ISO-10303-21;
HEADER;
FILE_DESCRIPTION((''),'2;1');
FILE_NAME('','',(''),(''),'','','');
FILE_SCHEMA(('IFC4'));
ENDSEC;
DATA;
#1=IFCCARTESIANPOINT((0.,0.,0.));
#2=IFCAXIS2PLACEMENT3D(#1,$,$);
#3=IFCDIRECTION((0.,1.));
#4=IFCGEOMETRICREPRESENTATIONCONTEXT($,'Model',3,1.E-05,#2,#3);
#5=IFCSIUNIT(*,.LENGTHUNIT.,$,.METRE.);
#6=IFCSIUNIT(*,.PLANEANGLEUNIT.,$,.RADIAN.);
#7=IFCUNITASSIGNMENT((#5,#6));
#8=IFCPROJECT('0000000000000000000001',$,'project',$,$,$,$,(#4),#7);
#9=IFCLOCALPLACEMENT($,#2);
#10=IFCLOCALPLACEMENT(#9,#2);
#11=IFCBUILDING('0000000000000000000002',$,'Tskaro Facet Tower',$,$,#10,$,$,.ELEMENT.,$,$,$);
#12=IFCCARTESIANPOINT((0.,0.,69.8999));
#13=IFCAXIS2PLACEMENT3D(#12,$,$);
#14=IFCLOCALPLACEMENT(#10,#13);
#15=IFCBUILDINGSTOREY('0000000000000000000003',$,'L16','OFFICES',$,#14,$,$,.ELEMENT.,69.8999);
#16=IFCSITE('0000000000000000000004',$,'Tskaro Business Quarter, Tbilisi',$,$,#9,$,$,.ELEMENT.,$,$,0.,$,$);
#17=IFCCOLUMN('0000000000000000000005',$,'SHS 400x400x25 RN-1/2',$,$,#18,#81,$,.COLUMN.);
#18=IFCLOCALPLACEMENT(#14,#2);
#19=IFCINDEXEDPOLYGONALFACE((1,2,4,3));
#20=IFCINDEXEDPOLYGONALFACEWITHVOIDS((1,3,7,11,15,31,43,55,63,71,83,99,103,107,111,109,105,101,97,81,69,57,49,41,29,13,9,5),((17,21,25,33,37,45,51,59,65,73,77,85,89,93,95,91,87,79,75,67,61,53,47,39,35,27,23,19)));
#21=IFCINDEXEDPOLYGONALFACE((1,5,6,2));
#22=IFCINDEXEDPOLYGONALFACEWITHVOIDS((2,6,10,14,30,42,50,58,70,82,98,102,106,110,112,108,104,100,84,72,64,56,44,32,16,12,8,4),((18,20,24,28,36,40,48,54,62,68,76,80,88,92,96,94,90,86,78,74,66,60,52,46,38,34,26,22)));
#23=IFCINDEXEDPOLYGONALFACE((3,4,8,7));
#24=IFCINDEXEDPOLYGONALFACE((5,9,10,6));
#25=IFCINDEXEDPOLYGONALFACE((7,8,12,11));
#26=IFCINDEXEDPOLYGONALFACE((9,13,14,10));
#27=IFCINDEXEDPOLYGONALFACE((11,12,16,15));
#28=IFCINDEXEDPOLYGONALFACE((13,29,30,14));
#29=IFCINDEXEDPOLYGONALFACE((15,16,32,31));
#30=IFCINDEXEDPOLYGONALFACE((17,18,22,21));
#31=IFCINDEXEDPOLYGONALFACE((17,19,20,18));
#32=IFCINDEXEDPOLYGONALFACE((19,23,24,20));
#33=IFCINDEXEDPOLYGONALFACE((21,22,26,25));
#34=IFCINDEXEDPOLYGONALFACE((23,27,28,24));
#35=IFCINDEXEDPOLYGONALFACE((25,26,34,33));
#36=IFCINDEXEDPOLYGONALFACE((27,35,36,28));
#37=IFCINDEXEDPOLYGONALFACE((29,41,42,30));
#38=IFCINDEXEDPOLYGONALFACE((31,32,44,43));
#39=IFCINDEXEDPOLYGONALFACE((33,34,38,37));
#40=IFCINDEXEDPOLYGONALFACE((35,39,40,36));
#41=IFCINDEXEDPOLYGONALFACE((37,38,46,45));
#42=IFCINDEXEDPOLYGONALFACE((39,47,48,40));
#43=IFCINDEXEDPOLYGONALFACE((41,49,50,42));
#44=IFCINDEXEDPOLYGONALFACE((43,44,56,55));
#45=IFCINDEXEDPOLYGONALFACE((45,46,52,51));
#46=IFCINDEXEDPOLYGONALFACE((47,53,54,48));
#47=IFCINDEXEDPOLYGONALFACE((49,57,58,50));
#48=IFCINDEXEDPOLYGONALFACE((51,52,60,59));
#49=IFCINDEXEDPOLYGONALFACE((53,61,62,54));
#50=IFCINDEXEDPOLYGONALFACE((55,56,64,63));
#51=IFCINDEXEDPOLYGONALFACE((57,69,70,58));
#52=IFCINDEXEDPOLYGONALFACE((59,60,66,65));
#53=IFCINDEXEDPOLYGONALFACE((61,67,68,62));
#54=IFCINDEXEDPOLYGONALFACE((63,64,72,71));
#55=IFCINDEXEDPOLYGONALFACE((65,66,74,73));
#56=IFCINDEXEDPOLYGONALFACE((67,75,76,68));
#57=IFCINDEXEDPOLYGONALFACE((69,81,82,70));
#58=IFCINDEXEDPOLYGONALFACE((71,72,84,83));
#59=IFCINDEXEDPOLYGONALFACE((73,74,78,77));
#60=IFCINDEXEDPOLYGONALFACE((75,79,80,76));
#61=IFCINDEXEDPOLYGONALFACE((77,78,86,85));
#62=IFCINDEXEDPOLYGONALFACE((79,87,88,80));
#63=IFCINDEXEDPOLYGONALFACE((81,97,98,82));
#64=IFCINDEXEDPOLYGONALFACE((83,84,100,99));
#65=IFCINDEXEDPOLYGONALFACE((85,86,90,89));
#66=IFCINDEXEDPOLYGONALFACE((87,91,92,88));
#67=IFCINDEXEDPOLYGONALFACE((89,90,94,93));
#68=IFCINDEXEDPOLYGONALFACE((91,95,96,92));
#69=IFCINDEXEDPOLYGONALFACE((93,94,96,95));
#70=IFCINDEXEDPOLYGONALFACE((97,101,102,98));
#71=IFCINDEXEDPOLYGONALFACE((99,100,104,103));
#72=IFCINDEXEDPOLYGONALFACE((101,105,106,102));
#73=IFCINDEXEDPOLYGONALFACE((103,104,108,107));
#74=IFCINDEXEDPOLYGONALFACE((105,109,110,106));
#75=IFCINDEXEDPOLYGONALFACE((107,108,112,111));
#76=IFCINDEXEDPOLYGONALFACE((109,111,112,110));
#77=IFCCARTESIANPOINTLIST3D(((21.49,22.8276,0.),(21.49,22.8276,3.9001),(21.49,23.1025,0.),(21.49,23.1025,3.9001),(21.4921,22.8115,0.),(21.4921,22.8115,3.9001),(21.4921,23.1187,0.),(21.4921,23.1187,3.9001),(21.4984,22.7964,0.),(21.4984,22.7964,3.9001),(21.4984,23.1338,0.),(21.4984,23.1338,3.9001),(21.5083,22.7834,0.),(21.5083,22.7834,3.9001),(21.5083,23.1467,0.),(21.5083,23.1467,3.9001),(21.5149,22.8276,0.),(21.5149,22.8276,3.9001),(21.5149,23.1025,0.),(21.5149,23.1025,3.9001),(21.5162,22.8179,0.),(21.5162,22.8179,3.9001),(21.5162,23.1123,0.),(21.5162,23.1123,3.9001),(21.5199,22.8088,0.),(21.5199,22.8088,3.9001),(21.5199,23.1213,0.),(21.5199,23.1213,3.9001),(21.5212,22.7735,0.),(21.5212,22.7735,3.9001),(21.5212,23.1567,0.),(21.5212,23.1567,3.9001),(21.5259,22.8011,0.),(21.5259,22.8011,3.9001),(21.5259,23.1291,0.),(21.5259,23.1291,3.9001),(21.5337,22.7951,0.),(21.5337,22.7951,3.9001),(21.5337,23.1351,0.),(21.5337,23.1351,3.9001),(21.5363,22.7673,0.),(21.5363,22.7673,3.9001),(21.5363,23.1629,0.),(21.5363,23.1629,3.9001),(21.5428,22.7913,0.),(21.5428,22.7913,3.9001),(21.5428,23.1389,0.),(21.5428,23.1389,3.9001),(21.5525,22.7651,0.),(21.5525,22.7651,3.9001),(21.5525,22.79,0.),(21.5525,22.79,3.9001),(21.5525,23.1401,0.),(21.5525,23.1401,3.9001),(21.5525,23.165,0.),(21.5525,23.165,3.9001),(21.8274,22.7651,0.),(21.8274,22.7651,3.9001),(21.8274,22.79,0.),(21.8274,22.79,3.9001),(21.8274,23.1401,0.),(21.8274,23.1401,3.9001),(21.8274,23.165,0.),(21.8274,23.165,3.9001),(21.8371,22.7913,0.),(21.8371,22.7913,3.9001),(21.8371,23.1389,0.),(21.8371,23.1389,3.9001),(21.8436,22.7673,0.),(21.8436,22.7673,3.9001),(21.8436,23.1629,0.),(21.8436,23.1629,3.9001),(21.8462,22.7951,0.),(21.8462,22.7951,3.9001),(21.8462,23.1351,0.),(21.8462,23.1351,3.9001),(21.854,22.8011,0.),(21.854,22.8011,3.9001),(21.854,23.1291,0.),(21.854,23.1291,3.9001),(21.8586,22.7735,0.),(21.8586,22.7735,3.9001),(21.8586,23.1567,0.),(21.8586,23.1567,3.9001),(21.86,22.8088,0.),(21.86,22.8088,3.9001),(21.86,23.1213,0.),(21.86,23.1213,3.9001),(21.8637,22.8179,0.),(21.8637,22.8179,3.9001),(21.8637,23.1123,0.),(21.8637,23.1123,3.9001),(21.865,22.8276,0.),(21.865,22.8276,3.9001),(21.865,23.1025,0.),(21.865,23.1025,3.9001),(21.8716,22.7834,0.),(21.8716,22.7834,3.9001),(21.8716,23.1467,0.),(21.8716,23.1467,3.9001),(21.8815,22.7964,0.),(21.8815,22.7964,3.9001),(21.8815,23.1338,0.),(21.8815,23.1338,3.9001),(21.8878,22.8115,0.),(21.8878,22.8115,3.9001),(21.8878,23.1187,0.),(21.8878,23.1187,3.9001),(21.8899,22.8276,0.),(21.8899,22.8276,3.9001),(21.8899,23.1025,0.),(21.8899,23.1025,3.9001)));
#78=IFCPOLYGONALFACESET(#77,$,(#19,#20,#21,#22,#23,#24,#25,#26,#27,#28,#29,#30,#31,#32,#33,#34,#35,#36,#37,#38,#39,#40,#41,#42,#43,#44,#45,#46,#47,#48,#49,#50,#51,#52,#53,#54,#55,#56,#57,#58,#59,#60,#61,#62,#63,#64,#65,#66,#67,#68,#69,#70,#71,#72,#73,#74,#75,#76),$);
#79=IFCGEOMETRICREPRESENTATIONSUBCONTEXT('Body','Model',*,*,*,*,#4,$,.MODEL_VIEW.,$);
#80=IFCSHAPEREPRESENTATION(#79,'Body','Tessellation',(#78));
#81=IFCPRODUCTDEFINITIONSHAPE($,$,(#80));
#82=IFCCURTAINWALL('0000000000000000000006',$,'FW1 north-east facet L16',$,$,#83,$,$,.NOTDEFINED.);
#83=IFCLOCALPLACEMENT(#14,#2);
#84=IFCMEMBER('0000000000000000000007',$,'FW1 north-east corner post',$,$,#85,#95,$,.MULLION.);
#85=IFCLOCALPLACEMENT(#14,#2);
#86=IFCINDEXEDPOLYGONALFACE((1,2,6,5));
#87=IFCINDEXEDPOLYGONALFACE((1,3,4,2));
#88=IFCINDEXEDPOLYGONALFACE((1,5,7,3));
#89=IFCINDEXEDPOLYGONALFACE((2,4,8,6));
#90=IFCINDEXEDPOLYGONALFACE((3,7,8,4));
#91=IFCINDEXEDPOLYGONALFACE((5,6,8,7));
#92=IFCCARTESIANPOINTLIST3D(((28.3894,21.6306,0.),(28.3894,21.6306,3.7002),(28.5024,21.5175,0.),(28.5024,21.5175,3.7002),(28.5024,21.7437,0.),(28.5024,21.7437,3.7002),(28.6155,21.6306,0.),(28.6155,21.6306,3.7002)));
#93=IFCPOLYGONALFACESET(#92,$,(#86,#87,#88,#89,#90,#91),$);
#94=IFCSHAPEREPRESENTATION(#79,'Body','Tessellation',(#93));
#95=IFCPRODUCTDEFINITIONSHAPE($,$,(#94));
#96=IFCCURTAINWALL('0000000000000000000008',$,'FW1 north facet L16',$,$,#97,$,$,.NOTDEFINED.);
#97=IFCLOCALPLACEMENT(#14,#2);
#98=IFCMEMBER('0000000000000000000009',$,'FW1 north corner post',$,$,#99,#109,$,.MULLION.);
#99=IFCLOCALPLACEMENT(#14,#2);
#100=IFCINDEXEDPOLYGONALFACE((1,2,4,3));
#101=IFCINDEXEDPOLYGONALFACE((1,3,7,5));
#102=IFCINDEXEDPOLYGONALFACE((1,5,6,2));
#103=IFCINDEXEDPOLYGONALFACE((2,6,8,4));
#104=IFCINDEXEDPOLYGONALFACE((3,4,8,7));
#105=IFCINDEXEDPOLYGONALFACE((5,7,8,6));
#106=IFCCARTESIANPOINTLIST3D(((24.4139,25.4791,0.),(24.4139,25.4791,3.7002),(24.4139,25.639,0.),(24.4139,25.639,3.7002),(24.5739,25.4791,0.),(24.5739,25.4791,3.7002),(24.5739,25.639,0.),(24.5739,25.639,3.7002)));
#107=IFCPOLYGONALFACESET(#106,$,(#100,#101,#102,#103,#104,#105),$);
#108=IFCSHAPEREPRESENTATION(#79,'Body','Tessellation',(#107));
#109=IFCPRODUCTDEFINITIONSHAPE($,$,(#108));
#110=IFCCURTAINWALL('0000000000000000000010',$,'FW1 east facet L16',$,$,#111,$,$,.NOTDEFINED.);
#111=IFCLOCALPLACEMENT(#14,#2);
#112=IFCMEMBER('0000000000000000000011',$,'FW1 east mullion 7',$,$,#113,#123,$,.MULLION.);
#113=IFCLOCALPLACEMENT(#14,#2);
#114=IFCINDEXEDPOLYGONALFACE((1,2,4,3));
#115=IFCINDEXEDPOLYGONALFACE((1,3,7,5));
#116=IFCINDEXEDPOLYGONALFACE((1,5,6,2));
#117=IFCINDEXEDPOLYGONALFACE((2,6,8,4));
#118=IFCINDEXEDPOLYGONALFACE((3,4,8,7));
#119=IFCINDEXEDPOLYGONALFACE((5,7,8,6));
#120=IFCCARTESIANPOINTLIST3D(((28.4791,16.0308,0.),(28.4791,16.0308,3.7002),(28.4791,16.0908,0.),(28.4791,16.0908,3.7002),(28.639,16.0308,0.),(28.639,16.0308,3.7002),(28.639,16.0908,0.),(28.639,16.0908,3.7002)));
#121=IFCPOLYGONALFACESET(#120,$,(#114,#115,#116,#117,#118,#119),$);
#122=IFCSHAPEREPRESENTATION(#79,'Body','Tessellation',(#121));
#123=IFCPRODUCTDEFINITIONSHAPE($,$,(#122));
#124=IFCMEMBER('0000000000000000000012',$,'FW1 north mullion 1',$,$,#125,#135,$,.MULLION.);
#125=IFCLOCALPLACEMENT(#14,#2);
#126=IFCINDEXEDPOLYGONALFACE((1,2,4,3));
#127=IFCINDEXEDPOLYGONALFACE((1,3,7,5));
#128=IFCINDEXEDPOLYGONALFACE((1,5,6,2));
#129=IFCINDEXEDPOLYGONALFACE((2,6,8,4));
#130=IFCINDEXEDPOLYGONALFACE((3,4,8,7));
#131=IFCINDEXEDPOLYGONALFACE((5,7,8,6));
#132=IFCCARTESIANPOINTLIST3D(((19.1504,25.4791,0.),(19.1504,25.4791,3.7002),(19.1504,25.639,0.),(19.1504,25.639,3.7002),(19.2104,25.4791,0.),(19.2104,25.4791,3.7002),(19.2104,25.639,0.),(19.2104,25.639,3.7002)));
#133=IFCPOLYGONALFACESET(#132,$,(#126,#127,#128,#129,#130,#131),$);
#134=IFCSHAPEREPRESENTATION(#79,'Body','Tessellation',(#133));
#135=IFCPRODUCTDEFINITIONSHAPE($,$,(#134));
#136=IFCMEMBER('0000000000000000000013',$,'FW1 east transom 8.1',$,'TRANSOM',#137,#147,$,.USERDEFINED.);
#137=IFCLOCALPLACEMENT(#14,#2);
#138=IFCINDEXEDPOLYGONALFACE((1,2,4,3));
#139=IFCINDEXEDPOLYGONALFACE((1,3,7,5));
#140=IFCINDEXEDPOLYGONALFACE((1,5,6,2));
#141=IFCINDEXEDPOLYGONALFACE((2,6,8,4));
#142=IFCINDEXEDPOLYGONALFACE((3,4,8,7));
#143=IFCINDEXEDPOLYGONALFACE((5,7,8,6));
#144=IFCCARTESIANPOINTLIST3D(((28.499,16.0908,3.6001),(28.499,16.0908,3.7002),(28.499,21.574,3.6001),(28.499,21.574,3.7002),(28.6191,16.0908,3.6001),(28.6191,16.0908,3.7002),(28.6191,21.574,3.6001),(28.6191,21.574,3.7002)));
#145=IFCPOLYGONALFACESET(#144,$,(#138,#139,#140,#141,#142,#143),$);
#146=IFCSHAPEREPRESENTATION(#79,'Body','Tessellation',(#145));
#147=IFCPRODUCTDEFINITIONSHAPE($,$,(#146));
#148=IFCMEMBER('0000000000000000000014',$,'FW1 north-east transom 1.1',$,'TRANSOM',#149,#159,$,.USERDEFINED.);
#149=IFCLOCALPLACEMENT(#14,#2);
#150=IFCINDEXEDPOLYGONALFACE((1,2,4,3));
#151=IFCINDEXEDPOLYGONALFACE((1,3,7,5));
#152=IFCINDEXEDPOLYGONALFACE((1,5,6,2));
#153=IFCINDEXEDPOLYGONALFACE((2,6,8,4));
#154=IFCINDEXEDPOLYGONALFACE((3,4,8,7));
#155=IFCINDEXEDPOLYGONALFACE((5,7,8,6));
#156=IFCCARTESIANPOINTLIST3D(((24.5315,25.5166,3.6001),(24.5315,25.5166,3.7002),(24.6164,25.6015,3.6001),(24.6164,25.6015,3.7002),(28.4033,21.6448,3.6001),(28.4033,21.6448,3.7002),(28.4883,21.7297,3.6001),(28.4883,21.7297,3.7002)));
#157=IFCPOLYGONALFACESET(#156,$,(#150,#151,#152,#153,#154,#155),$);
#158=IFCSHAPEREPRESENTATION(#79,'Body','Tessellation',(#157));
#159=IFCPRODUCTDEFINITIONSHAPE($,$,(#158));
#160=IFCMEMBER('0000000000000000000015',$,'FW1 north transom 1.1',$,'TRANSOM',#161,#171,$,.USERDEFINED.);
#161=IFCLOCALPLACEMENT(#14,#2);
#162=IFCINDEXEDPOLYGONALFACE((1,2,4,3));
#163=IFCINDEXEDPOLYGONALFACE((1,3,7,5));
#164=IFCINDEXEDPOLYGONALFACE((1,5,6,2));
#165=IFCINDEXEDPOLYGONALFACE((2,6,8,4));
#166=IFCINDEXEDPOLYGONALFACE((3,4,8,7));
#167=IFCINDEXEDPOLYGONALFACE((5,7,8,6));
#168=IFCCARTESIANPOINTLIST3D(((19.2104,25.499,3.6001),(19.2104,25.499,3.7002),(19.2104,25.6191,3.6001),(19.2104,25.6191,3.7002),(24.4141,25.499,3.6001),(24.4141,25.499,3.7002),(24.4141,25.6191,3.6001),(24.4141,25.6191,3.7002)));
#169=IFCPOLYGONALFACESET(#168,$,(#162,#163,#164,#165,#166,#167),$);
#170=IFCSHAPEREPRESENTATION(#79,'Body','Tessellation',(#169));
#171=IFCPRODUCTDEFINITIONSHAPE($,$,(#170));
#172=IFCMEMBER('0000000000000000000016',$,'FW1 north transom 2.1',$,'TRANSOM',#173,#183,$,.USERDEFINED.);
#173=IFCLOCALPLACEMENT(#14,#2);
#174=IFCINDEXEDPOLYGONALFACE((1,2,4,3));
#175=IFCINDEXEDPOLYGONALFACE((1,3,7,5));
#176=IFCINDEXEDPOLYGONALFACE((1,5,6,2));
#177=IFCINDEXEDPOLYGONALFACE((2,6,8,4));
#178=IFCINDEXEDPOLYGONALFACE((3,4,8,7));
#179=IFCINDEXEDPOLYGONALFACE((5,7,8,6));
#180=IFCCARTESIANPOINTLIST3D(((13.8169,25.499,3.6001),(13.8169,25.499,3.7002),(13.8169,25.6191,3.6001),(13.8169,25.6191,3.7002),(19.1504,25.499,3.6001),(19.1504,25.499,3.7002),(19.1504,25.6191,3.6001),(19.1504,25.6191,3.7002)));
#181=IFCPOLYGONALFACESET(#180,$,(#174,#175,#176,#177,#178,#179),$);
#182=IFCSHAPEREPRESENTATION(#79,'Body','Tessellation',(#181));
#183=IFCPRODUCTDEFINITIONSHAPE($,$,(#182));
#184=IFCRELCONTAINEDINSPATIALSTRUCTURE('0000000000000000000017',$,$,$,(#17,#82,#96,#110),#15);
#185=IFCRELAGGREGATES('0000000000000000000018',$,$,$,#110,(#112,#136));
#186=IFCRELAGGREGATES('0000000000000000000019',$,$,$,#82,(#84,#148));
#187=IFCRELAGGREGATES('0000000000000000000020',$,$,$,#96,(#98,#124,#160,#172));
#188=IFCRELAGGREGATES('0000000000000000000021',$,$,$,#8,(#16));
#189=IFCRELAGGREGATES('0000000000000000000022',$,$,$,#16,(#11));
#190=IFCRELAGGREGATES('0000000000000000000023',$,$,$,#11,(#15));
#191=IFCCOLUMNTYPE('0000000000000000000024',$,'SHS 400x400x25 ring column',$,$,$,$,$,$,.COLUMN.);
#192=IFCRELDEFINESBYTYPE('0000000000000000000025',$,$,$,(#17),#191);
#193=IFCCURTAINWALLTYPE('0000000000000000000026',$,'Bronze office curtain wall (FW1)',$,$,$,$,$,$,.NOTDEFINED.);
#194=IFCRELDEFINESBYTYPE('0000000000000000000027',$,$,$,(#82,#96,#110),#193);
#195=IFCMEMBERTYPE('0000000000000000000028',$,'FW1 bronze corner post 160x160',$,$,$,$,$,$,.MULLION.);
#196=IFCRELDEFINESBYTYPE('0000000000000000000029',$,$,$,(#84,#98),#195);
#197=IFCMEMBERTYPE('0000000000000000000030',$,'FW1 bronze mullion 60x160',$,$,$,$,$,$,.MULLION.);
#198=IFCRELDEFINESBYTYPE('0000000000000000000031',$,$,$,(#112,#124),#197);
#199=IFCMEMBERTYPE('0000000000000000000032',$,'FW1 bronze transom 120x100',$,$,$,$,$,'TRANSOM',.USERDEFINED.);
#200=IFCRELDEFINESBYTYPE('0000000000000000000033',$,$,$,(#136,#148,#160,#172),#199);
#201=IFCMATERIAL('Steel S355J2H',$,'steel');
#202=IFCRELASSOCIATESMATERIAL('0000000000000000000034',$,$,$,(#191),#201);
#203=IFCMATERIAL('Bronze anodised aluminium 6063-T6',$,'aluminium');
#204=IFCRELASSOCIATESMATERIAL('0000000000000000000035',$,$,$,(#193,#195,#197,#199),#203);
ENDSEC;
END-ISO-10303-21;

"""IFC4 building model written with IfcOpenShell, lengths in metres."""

from ifc_helpers import new_model, si_unit, direction, frame, origin, origin_2d, place, context, subcontext, project, spatial, rectangle, hollow_rectangle, extrude, material, material_profile, profile_set, type_object, element, aggregate, save


model = new_model("IFC4")

# Units and contexts
model_context = context("Model", 3, precision=1e-05, world=origin(), true_north=direction((0.0, 1.0)))
body_context = subcontext(model_context, "Body", "Model", "MODEL_VIEW")
ifc_project = project(units=[si_unit("LENGTHUNIT", "METRE"), si_unit("PLANEANGLEUNIT", "RADIAN")], contexts=[model_context])

# Site, building, storey
site_placement = place(None, origin())
site = spatial("IfcSite", under=ifc_project, at=site_placement, Name="Tskaro Business Quarter, Tbilisi", CompositionType="ELEMENT", RefElevation=0.0)
building_placement = place(site_placement, origin())
building = spatial("IfcBuilding", under=site, at=building_placement, Name="Tskaro Facet Tower", CompositionType="ELEMENT")
storey_placement = place(building_placement, frame((0.0, 0.0, 69.8999)))
storey = spatial("IfcBuildingStorey", under=building, at=storey_placement, Name="L16", Description="OFFICES", CompositionType="ELEMENT", Elevation=69.8999)

# Column
ifc_material_1 = material(Name="Steel S355J2H", Category="steel")
ifc_material_profile_1 = material_profile(ifc_material_1, hollow_rectangle(XDim=0.3999, YDim=0.3999, WallThickness=0.0249, InnerFilletRadius=0.0376, OuterFilletRadius=0.0625, at=origin_2d()), Name="SHS 400x400x25")
ifc_profile_set_1 = profile_set([ifc_material_profile_1], Name="Steel S355J2H")
column_type_1 = type_object("IfcColumnType", Name="SHS 400x400x25 ring column", PredefinedType="COLUMN", material=ifc_profile_set_1)
for number, where, z_axis, x_axis, name in (
    (1, (21.6899, 22.9651, 0.0), (0.0, 0.0, 1.0), (1.0, 0.0, 0.0), "SHS 400x400x25 RN-1/2"),
):
    element("IfcColumn", number, at=place(storey_placement, frame(where, z_axis=z_axis, x_axis=x_axis)), inside=storey, type_object=column_type_1, Name=name, PredefinedType="COLUMN", context=body_context, shape_type="SweptSolid", body=[
        extrude(hollow_rectangle(XDim=0.3999, YDim=0.3999, WallThickness=0.0249, InnerFilletRadius=0.0376, OuterFilletRadius=0.0625, at=origin_2d()), origin(), (0.0, 0.0, 1.0), 3.9001),
    ])

# Curtain walls, members
ifc_material_2 = material(Name="Bronze anodised aluminium 6063-T6", Category="aluminium")
curtain_wall_type = type_object("IfcCurtainWallType", Name="Bronze office curtain wall (FW1)", PredefinedType="NOTDEFINED", material=ifc_material_2)
curtain_wall_1_placement = place(storey_placement, origin())
curtain_wall_1 = element("IfcCurtainWall", 2, at=curtain_wall_1_placement, inside=storey, type_object=curtain_wall_type, Name="FW1 north-east facet L16", PredefinedType="NOTDEFINED")
ifc_material_profile_2 = material_profile(ifc_material_2, rectangle(XDim=0.1599, YDim=0.1599, at=origin_2d()), Name="Corner post 160x160")
ifc_profile_set_2 = profile_set([ifc_material_profile_2], Name="Bronze anodised aluminium 6063-T6")
member_type_1 = type_object("IfcMemberType", Name="FW1 bronze corner post 160x160", PredefinedType="MULLION", material=ifc_profile_set_2)
member_1_placement = place(storey_placement, frame((28.5024, 21.6306, 0.0), z_axis=(0.0, 0.0, 1.0), x_axis=(-0.707107, 0.707107, 0.0)))
member_1 = element("IfcMember", 3, at=member_1_placement, type_object=member_type_1, Name="FW1 north-east corner post", PredefinedType="MULLION", context=body_context, shape_type="SweptSolid", body=[
    extrude(rectangle(XDim=0.1599, YDim=0.1599, at=origin_2d()), origin(), (0.0, 0.0, 1.0), 3.7002),
])
curtain_wall_2_placement = place(storey_placement, origin())
curtain_wall_2 = element("IfcCurtainWall", 4, at=curtain_wall_2_placement, inside=storey, type_object=curtain_wall_type, Name="FW1 north facet L16", PredefinedType="NOTDEFINED")
member_2_placement = place(storey_placement, frame((24.4939, 25.5591, 0.0), z_axis=(0.0, 0.0, 1.0), x_axis=(-1.0, 0.0, 0.0)))
member_2 = element("IfcMember", 5, at=member_2_placement, type_object=member_type_1, Name="FW1 north corner post", PredefinedType="MULLION", context=body_context, shape_type="SweptSolid", body=[
    extrude(rectangle(XDim=0.1599, YDim=0.1599, at=origin_2d()), origin(), (0.0, 0.0, 1.0), 3.7002),
])
curtain_wall_3_placement = place(storey_placement, origin())
curtain_wall_3 = element("IfcCurtainWall", 6, at=curtain_wall_3_placement, inside=storey, type_object=curtain_wall_type, Name="FW1 east facet L16", PredefinedType="NOTDEFINED")
ifc_material_profile_3 = material_profile(ifc_material_2, rectangle(XDim=0.0601, YDim=0.1599, at=origin_2d()), Name="Mullion 60x160")
ifc_profile_set_3 = profile_set([ifc_material_profile_3], Name="Bronze anodised aluminium 6063-T6")
member_type_2 = type_object("IfcMemberType", Name="FW1 bronze mullion 60x160", PredefinedType="MULLION", material=ifc_profile_set_3)
member_3_placement = place(storey_placement, frame((28.5591, 16.0608, 0.0), z_axis=(0.0, 0.0, 1.0), x_axis=(0.0, 1.0, 0.0)))
member_3 = element("IfcMember", 7, at=member_3_placement, type_object=member_type_2, Name="FW1 east mullion 7", PredefinedType="MULLION", context=body_context, shape_type="SweptSolid", body=[
    extrude(rectangle(XDim=0.0601, YDim=0.1599, at=origin_2d()), origin(), (0.0, 0.0, 1.0), 3.7002),
])

# Members
member_4_placement = place(storey_placement, frame((19.1804, 25.5591, 0.0), z_axis=(0.0, 0.0, 1.0), x_axis=(-1.0, 0.0, 0.0)))
member_4 = element("IfcMember", 8, at=member_4_placement, type_object=member_type_2, Name="FW1 north mullion 1", PredefinedType="MULLION", context=body_context, shape_type="SweptSolid", body=[
    extrude(rectangle(XDim=0.0601, YDim=0.1599, at=origin_2d()), origin(), (0.0, 0.0, 1.0), 3.7002),
])
ifc_material_profile_4 = material_profile(ifc_material_2, rectangle(XDim=0.1201, YDim=0.1001, at=origin_2d()), Name="Transom 120x100")
ifc_profile_set_4 = profile_set([ifc_material_profile_4], Name="Bronze anodised aluminium 6063-T6")
member_type_3 = type_object("IfcMemberType", Name="FW1 bronze transom 120x100", ElementType="TRANSOM", PredefinedType="USERDEFINED", material=ifc_profile_set_4)
member_5_placement = place(storey_placement, frame((28.5591, 16.0908, 3.6501), z_axis=(0.0, 1.0, 0.0), x_axis=(-1.0, 0.0, 0.0)))
member_5 = element("IfcMember", 9, at=member_5_placement, type_object=member_type_3, Name="FW1 east transom 8.1", ObjectType="TRANSOM", PredefinedType="USERDEFINED", context=body_context, shape_type="SweptSolid", body=[
    extrude(rectangle(XDim=0.1201, YDim=0.1001, at=origin_2d()), origin(), (0.0, 0.0, 1.0), 5.4832),
])
member_6_placement = place(storey_placement, frame((28.4458, 21.6873, 3.6501), z_axis=(-0.707107, 0.707107, 0.0), x_axis=(-0.707107, -0.707107, 0.0)))
member_6 = element("IfcMember", 10, at=member_6_placement, type_object=member_type_3, Name="FW1 north-east transom 1.1", ObjectType="TRANSOM", PredefinedType="USERDEFINED", context=body_context, shape_type="SweptSolid", body=[
    extrude(rectangle(XDim=0.1201, YDim=0.1001, at=origin_2d()), origin(), (0.0, 0.0, 1.0), 5.4756),
])
member_7_placement = place(storey_placement, frame((24.4141, 25.5591, 3.6501), z_axis=(-1.0, 0.0, 0.0), x_axis=(0.0, -1.0, 0.0)))
member_7 = element("IfcMember", 11, at=member_7_placement, type_object=member_type_3, Name="FW1 north transom 1.1", ObjectType="TRANSOM", PredefinedType="USERDEFINED", context=body_context, shape_type="SweptSolid", body=[
    extrude(rectangle(XDim=0.1201, YDim=0.1001, at=origin_2d()), origin(), (0.0, 0.0, 1.0), 5.2036),
])
member_8_placement = place(storey_placement, frame((19.1504, 25.5591, 3.6501), z_axis=(-1.0, 0.0, 0.0), x_axis=(0.0, -1.0, 0.0)))
member_8 = element("IfcMember", 12, at=member_8_placement, type_object=member_type_3, Name="FW1 north transom 2.1", ObjectType="TRANSOM", PredefinedType="USERDEFINED", context=body_context, shape_type="SweptSolid", body=[
    extrude(rectangle(XDim=0.1201, YDim=0.1001, at=origin_2d()), origin(), (0.0, 0.0, 1.0), 5.3335),
])

aggregate(curtain_wall_3, [member_3, member_5])
aggregate(curtain_wall_1, [member_1, member_6])
aggregate(curtain_wall_2, [member_2, member_4, member_7, member_8])

save(model, "model.ifc")
